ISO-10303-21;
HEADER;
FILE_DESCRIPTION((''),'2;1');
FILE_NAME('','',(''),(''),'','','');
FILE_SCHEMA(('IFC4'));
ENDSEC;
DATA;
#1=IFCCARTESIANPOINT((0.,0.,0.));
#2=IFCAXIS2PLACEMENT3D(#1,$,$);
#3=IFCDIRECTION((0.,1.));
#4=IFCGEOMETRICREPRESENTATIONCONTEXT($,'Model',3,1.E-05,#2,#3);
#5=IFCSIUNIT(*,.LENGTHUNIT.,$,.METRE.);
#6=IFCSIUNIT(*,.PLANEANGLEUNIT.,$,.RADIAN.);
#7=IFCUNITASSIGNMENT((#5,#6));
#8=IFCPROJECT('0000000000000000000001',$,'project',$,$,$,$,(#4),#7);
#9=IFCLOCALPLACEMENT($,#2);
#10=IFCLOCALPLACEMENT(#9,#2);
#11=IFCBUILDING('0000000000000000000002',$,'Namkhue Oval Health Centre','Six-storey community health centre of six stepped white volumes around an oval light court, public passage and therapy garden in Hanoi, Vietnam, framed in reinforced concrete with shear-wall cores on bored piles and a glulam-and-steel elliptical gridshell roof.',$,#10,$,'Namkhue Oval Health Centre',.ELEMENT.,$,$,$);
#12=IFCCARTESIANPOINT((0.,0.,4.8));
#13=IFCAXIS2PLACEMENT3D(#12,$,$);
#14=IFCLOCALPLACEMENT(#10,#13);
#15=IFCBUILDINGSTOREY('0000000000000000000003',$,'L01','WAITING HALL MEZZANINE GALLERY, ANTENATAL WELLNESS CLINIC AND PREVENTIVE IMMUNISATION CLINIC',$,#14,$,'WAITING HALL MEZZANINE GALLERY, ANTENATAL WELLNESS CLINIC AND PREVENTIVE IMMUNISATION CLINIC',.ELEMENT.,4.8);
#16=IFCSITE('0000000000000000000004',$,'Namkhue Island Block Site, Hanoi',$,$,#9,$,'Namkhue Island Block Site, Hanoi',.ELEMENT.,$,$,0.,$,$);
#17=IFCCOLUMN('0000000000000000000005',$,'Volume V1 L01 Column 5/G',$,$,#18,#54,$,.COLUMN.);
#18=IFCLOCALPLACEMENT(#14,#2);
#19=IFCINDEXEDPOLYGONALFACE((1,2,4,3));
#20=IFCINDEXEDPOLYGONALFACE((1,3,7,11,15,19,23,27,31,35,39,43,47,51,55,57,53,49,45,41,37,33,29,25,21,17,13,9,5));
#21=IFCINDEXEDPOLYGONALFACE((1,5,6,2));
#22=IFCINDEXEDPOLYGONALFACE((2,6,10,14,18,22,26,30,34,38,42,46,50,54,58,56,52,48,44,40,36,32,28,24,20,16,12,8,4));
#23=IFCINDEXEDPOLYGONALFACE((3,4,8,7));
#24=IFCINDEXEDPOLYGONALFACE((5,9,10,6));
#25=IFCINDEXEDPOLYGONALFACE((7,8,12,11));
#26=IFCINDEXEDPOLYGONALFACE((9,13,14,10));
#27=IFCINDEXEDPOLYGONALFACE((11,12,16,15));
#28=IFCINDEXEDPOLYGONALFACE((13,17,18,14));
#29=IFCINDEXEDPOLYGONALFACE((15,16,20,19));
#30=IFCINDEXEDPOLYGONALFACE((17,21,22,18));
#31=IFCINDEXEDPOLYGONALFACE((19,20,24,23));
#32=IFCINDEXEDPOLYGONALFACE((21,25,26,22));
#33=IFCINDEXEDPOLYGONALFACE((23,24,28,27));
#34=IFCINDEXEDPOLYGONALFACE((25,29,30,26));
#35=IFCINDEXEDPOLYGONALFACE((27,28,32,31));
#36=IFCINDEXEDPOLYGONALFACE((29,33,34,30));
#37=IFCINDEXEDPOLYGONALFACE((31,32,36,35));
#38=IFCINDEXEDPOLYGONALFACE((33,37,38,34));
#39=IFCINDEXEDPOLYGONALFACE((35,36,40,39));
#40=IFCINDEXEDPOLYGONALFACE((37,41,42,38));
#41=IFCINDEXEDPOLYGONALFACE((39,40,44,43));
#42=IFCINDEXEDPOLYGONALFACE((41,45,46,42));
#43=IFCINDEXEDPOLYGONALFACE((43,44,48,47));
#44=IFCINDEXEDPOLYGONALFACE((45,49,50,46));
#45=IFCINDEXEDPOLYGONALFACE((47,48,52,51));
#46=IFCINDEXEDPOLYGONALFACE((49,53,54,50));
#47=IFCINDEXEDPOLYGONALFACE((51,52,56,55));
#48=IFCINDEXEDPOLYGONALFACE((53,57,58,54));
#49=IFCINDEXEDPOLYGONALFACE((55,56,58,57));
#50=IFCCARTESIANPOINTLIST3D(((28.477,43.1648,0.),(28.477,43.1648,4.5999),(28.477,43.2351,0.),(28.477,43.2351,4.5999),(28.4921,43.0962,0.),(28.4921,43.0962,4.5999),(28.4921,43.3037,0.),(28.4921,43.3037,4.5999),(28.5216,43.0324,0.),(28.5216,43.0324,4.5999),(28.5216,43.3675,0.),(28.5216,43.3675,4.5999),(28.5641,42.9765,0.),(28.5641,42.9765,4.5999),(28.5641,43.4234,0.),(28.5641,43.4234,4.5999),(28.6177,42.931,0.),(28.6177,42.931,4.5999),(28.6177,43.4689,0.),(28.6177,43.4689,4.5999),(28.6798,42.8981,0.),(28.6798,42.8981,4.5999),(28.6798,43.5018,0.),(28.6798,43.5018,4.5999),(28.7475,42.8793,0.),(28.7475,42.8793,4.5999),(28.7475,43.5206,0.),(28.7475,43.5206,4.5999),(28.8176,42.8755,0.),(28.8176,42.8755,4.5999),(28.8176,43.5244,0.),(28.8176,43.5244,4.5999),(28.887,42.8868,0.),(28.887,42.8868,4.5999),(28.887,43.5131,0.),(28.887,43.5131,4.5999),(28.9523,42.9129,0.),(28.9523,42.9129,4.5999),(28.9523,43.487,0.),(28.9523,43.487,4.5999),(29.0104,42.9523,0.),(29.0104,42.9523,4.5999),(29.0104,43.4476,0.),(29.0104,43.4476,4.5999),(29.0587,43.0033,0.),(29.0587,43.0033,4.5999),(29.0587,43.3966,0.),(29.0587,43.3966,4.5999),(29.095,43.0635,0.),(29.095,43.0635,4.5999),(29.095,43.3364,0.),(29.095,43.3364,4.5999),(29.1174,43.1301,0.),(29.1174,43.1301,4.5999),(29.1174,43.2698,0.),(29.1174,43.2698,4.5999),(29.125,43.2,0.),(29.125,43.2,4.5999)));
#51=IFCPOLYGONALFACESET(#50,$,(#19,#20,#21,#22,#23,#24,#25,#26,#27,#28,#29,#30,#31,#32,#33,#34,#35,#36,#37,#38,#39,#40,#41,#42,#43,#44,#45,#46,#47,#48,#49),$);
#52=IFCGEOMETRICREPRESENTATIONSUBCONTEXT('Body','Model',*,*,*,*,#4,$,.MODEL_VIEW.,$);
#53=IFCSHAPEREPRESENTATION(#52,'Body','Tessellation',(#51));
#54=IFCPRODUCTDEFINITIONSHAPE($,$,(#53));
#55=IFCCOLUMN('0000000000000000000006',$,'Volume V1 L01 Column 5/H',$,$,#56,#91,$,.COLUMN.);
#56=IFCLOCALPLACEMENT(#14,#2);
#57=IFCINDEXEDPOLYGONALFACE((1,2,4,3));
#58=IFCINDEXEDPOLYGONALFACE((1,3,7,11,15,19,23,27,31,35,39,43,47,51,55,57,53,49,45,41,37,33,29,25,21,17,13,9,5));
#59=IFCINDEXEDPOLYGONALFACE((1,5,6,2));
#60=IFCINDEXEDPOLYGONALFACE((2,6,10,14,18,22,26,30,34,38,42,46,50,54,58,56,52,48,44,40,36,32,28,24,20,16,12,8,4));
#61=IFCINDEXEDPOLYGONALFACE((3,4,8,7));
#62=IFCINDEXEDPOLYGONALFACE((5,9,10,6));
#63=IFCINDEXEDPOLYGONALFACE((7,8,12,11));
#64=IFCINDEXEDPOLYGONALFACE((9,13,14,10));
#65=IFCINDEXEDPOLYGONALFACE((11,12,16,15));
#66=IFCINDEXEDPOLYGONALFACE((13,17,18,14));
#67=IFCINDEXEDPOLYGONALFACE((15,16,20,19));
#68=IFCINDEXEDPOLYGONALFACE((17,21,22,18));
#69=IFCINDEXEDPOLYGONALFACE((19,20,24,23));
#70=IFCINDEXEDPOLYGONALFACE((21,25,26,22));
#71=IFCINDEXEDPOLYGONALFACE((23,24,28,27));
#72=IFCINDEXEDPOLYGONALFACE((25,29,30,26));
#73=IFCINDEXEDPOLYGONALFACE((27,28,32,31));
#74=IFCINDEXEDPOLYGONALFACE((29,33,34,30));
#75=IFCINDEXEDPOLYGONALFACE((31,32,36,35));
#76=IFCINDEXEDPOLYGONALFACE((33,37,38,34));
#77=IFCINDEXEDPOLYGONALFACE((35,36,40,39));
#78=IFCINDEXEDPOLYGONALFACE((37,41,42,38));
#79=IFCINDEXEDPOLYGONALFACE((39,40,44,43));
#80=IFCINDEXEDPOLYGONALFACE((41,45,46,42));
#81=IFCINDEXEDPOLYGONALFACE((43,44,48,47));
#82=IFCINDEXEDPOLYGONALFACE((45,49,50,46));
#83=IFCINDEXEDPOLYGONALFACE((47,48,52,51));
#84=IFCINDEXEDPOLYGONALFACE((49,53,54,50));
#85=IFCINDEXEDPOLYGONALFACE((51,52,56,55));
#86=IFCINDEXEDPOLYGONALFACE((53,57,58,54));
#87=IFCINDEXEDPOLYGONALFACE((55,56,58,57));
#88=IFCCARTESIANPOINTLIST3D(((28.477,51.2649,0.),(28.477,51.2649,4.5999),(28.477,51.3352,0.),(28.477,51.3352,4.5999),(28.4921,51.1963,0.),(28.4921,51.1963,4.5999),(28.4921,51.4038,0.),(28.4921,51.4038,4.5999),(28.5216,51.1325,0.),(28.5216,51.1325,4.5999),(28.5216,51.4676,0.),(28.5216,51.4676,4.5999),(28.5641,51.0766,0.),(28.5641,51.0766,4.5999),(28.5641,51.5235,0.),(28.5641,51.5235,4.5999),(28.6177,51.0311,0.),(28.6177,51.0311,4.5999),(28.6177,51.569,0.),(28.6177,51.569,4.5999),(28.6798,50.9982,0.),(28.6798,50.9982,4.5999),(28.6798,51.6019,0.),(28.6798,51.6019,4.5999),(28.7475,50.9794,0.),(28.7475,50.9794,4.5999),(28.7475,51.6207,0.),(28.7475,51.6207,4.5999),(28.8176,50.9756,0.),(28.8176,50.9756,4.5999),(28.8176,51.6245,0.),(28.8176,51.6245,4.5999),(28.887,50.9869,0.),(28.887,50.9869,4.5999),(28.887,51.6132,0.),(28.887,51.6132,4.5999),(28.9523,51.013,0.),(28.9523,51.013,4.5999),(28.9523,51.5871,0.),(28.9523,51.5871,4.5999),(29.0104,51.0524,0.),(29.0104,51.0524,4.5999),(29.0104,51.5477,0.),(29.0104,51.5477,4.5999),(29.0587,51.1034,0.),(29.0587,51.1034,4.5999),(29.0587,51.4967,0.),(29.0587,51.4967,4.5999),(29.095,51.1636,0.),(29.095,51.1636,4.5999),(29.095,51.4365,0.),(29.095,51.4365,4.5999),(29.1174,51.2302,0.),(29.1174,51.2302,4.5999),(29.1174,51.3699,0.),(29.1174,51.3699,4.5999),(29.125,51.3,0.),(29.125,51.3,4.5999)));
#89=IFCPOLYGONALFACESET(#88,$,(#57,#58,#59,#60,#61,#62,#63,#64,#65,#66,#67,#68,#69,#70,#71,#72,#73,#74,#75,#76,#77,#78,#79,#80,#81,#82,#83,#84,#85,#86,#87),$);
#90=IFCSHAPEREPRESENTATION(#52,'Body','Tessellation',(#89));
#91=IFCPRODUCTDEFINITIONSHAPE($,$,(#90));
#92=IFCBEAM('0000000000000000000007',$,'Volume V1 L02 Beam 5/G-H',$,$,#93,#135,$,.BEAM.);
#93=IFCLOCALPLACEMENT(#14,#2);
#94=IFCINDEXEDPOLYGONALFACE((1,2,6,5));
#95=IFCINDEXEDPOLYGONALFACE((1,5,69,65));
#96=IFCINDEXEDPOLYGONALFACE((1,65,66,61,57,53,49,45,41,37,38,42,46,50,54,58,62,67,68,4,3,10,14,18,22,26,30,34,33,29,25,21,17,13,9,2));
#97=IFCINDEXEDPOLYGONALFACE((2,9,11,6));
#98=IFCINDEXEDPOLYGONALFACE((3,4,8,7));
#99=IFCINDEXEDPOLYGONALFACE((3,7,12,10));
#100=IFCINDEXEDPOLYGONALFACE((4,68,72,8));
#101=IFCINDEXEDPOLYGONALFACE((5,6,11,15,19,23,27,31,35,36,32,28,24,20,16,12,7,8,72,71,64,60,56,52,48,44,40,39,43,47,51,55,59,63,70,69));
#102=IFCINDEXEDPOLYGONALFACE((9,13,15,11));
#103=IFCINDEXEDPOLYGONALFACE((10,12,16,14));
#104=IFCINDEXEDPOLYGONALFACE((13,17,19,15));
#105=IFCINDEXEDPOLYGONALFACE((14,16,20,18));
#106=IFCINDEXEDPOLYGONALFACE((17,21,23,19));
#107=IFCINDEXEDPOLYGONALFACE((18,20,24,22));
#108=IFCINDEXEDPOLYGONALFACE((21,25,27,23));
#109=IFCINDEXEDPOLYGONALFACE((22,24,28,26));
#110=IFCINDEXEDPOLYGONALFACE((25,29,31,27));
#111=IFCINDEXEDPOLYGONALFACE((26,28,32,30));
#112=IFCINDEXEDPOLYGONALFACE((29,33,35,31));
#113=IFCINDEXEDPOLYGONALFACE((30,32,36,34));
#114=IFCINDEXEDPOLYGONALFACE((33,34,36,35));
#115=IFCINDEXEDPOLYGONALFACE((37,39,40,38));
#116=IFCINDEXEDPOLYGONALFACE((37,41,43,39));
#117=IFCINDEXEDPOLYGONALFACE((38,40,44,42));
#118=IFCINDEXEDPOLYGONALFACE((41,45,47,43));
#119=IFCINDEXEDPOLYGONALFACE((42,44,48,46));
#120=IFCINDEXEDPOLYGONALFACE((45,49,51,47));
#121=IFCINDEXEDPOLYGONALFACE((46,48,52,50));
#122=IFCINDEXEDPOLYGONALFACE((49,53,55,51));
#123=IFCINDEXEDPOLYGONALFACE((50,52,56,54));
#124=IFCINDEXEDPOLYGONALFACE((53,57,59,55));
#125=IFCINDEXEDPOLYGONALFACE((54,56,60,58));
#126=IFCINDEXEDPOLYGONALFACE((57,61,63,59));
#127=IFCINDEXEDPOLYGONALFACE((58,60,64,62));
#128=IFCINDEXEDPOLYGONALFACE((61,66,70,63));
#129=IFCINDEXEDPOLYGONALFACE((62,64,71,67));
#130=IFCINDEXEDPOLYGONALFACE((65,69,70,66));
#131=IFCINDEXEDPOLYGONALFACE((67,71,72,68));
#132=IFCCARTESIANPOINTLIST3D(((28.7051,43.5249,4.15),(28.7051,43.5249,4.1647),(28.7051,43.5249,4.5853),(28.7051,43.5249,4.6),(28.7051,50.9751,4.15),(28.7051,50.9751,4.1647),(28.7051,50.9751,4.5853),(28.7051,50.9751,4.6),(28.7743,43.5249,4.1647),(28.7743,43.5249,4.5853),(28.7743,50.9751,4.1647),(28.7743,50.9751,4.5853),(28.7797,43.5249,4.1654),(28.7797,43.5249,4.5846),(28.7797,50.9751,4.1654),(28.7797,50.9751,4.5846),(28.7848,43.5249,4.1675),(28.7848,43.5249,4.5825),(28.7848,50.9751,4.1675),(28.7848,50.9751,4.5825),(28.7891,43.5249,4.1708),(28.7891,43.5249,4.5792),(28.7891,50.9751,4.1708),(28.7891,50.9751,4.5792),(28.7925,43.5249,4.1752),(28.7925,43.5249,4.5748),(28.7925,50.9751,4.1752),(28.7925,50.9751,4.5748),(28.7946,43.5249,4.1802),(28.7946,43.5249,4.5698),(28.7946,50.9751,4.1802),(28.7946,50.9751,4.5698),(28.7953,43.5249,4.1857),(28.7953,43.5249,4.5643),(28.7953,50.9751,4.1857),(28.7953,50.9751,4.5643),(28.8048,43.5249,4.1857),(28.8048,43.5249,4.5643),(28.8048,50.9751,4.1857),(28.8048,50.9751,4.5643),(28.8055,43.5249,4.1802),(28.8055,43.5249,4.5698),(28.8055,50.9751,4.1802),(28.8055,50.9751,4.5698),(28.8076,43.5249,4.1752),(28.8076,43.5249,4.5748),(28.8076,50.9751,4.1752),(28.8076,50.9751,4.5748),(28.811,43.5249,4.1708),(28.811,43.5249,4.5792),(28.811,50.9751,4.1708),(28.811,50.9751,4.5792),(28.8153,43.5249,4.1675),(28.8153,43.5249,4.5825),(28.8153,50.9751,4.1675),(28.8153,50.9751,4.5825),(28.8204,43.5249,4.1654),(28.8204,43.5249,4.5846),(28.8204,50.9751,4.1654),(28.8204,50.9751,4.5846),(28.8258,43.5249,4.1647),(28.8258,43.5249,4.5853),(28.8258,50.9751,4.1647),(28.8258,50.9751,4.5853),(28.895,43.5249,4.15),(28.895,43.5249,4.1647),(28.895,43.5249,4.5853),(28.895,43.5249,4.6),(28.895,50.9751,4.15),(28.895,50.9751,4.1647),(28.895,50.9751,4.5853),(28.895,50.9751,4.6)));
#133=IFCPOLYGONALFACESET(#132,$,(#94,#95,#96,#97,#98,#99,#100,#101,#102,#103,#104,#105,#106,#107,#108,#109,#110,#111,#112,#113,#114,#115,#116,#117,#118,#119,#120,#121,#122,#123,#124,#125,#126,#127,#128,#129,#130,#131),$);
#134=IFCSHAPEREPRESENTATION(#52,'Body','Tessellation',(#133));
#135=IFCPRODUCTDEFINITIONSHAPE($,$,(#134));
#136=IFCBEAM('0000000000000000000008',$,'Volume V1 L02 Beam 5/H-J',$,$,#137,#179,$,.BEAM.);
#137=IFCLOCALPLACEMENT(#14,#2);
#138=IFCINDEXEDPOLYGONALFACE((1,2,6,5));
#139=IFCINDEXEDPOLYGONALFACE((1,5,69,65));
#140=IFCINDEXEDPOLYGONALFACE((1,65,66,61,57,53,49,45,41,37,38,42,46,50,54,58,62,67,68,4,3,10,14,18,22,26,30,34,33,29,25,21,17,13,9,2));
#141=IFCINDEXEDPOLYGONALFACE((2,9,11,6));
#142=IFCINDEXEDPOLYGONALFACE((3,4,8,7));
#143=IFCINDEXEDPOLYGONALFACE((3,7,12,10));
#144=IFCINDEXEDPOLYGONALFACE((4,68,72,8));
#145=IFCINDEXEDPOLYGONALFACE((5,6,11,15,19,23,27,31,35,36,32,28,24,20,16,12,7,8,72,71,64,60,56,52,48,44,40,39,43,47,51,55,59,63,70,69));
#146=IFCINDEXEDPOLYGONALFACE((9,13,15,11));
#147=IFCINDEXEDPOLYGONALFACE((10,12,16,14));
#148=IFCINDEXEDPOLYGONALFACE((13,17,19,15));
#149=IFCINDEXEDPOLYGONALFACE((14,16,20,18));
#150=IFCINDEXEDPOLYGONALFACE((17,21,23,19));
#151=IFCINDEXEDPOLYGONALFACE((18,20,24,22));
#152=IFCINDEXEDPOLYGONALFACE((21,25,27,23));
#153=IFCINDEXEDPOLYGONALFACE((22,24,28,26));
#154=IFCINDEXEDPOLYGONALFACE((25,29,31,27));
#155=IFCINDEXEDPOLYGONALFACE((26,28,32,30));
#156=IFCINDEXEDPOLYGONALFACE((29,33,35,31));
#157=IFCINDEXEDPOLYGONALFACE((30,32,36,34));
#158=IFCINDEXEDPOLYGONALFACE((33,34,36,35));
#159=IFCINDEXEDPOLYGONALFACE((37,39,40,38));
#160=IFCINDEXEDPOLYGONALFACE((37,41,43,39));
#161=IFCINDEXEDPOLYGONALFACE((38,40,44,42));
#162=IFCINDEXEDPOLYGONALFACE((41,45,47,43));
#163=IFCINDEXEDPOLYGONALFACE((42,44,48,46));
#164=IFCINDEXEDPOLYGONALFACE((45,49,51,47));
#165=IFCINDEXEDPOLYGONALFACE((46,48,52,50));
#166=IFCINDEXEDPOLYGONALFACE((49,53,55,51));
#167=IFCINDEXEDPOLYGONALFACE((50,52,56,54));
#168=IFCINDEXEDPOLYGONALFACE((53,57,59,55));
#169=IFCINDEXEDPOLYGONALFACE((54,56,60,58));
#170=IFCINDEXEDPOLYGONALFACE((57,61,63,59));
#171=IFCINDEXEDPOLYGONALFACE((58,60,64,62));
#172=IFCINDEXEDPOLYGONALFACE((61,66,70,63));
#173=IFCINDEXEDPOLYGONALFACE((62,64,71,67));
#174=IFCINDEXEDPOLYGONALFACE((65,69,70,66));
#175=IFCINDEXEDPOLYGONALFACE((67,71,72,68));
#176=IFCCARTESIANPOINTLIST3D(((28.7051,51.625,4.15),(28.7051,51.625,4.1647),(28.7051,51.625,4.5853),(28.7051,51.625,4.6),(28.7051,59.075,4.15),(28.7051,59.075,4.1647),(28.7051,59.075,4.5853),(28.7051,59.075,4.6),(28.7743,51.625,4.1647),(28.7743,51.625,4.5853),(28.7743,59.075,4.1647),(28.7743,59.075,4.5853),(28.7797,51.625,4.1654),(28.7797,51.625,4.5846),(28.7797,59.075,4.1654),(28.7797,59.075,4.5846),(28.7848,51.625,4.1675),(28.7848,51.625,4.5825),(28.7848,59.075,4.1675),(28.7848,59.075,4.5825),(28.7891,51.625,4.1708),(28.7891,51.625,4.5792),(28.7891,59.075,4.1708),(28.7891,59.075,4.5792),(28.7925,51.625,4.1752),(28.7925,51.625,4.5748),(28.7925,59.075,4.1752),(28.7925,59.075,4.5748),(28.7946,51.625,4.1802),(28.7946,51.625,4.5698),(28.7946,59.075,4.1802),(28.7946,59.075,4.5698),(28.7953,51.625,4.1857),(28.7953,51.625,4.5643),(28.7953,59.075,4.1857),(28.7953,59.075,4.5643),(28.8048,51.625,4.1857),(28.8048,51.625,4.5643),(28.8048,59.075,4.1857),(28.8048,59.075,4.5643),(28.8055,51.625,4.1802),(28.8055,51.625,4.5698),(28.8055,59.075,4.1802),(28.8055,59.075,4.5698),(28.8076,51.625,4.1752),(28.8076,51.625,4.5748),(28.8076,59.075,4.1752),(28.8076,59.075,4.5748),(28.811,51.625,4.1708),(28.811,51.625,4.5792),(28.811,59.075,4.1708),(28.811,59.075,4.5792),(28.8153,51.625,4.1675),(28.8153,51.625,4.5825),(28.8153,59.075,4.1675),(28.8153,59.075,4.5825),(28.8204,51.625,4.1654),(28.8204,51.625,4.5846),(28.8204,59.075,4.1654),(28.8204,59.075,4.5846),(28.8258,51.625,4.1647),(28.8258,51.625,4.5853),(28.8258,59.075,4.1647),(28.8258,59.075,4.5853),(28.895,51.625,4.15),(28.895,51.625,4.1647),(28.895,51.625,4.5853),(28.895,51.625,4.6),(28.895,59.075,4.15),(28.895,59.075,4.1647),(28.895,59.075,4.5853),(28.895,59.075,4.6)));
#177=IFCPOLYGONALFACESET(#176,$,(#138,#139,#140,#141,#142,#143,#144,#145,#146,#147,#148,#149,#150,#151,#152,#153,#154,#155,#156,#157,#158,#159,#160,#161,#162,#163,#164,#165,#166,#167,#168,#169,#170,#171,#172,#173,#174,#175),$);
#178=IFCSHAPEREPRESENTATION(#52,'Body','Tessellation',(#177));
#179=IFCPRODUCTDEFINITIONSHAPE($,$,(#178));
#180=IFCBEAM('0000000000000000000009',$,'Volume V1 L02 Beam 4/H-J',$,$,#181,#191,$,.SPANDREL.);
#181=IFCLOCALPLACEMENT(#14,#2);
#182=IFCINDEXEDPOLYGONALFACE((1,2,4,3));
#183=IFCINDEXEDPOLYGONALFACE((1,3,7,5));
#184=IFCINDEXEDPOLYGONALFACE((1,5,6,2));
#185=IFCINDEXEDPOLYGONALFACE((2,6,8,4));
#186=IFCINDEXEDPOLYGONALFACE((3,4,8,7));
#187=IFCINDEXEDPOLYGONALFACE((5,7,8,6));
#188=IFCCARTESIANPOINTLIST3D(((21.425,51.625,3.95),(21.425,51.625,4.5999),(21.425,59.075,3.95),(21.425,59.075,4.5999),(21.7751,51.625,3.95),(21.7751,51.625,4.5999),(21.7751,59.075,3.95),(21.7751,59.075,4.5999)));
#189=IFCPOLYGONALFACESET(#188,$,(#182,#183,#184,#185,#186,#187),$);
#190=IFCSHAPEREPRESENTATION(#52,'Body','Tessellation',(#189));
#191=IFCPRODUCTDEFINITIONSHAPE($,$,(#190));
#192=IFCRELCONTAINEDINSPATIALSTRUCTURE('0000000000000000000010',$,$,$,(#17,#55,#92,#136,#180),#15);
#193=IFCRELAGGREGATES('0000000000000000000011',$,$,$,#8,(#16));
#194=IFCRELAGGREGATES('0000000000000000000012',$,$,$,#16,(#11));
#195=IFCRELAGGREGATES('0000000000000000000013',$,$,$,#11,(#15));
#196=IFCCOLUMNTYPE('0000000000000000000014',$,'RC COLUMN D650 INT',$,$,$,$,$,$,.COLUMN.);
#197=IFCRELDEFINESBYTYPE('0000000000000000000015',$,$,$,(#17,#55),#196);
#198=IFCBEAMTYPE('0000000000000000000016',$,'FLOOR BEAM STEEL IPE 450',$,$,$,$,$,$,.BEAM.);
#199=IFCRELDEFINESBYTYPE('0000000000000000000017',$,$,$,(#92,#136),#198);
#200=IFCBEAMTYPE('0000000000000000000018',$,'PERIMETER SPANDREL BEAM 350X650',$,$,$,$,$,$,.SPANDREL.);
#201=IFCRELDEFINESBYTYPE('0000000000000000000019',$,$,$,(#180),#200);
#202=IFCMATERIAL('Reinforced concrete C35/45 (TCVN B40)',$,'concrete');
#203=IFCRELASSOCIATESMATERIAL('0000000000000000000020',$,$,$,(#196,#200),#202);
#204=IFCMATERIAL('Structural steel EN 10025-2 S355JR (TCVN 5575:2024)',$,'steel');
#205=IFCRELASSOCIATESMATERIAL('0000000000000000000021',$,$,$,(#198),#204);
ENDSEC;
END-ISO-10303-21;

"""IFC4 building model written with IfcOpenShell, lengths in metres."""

from ifc_helpers import new_model, si_unit, direction, frame, origin, origin_2d, place, context, subcontext, project, spatial, rectangle, circle, i_section, extrude, material, material_profile, profile_set, type_object, element, save


model = new_model("IFC4")

# Units and contexts
model_context = context("Model", 3, precision=1e-05, world=origin(), true_north=direction((0.0, 1.0)))
body_context = subcontext(model_context, "Body", "Model", "MODEL_VIEW")
ifc_project = project(units=[si_unit("LENGTHUNIT", "METRE"), si_unit("PLANEANGLEUNIT", "RADIAN")], contexts=[model_context])

# Site, building, storey
site_placement = place(None, origin())
site = spatial("IfcSite", under=ifc_project, at=site_placement, Name="Namkhue Island Block Site, Hanoi", LongName="Namkhue Island Block Site, Hanoi", CompositionType="ELEMENT", RefElevation=0.0)
building_placement = place(site_placement, origin())
building = spatial("IfcBuilding", under=site, at=building_placement, Name="Namkhue Oval Health Centre", Description="Six-storey community health centre of six stepped white volumes around an oval light court, public passage and therapy garden in Hanoi, Vietnam, framed in reinforced concrete with shear-wall cores on bored piles and a glulam-and-steel elliptical gridshell roof.", LongName="Namkhue Oval Health Centre", CompositionType="ELEMENT")
storey_placement = place(building_placement, frame((0.0, 0.0, 4.8)))
storey = spatial("IfcBuildingStorey", under=building, at=storey_placement, Name="L01", Description="WAITING HALL MEZZANINE GALLERY, ANTENATAL WELLNESS CLINIC AND PREVENTIVE IMMUNISATION CLINIC", LongName="WAITING HALL MEZZANINE GALLERY, ANTENATAL WELLNESS CLINIC AND PREVENTIVE IMMUNISATION CLINIC", CompositionType="ELEMENT", Elevation=4.8)

# Columns
ifc_material_1 = material(Name="Reinforced concrete C35/45 (TCVN B40)", Category="concrete")
ifc_material_profile_1 = material_profile(ifc_material_1, circle(Radius=0.325, at=origin_2d()), Name="RC D650")
ifc_profile_set_1 = profile_set([ifc_material_profile_1], Name="Reinforced concrete C35/45 (TCVN B40)")
column_type = type_object("IfcColumnType", Name="RC COLUMN D650 INT", PredefinedType="COLUMN", material=ifc_profile_set_1)
for number, where, z_axis, x_axis, name in (
    (1, (28.8, 43.2, 0.0), (0.0, 0.0, 1.0), (1.0, 0.0, 0.0), "Volume V1 L01 Column 5/G"),
    (2, (28.8, 51.3, 0.0), (0.0, 0.0, 1.0), (1.0, 0.0, 0.0), "Volume V1 L01 Column 5/H"),
):
    element("IfcColumn", number, at=place(storey_placement, frame(where, z_axis=z_axis, x_axis=x_axis)), inside=storey, type_object=column_type, Name=name, PredefinedType="COLUMN", context=body_context, shape_type="SweptSolid", body=[
        extrude(circle(Radius=0.325, at=origin_2d()), origin(), (0.0, 0.0, 1.0), 4.5999),
    ])

# Beams
ifc_material_2 = material(Name="Structural steel EN 10025-2 S355JR (TCVN 5575:2024)", Category="steel")
ifc_material_profile_2 = material_profile(ifc_material_2, i_section(OverallWidth=0.1899, OverallDepth=0.45, WebThickness=0.0095, FlangeThickness=0.0146, FilletRadius=0.021, at=origin_2d()), Name="IPE 450")
ifc_profile_set_2 = profile_set([ifc_material_profile_2], Name="Structural steel EN 10025-2 S355JR (TCVN 5575:2024)")
beam_type_1 = type_object("IfcBeamType", Name="FLOOR BEAM STEEL IPE 450", PredefinedType="BEAM", material=ifc_profile_set_2)
beam_1_placement = place(storey_placement, frame((28.8, 43.5249, 4.375), z_axis=(0.0, 1.0, 0.0), x_axis=(-1.0, 0.0, 0.0)))
element("IfcBeam", 3, at=beam_1_placement, inside=storey, type_object=beam_type_1, Name="Volume V1 L02 Beam 5/G-H", PredefinedType="BEAM", context=body_context, shape_type="SweptSolid", body=[
    extrude(i_section(OverallWidth=0.1899, OverallDepth=0.45, WebThickness=0.0095, FlangeThickness=0.0146, FilletRadius=0.021, at=origin_2d()), origin(), (0.0, 0.0, 1.0), 7.4502),
])
beam_2_placement = place(storey_placement, frame((28.8, 51.625, 4.375), z_axis=(0.0, 1.0, 0.0), x_axis=(-1.0, 0.0, 0.0)))
element("IfcBeam", 4, at=beam_2_placement, inside=storey, type_object=beam_type_1, Name="Volume V1 L02 Beam 5/H-J", PredefinedType="BEAM", context=body_context, shape_type="SweptSolid", body=[
    extrude(i_section(OverallWidth=0.1899, OverallDepth=0.45, WebThickness=0.0095, FlangeThickness=0.0146, FilletRadius=0.021, at=origin_2d()), origin(), (0.0, 0.0, 1.0), 7.45),
])
ifc_material_profile_3 = material_profile(ifc_material_1, rectangle(XDim=0.3501, YDim=0.6499, at=origin_2d()), Name="RC 350x650")
ifc_profile_set_3 = profile_set([ifc_material_profile_3], Name="Reinforced concrete C35/45 (TCVN B40)")
beam_type_2 = type_object("IfcBeamType", Name="PERIMETER SPANDREL BEAM 350X650", PredefinedType="SPANDREL", material=ifc_profile_set_3)
beam_3_placement = place(storey_placement, frame((21.6001, 51.625, 4.2749), z_axis=(0.0, 1.0, 0.0), x_axis=(-1.0, 0.0, 0.0)))
element("IfcBeam", 5, at=beam_3_placement, inside=storey, type_object=beam_type_2, Name="Volume V1 L02 Beam 4/H-J", PredefinedType="SPANDREL", context=body_context, shape_type="SweptSolid", body=[
    extrude(rectangle(XDim=0.3501, YDim=0.6499, at=origin_2d()), origin(), (0.0, 0.0, 1.0), 7.45),
])

save(model, "model.ifc")
